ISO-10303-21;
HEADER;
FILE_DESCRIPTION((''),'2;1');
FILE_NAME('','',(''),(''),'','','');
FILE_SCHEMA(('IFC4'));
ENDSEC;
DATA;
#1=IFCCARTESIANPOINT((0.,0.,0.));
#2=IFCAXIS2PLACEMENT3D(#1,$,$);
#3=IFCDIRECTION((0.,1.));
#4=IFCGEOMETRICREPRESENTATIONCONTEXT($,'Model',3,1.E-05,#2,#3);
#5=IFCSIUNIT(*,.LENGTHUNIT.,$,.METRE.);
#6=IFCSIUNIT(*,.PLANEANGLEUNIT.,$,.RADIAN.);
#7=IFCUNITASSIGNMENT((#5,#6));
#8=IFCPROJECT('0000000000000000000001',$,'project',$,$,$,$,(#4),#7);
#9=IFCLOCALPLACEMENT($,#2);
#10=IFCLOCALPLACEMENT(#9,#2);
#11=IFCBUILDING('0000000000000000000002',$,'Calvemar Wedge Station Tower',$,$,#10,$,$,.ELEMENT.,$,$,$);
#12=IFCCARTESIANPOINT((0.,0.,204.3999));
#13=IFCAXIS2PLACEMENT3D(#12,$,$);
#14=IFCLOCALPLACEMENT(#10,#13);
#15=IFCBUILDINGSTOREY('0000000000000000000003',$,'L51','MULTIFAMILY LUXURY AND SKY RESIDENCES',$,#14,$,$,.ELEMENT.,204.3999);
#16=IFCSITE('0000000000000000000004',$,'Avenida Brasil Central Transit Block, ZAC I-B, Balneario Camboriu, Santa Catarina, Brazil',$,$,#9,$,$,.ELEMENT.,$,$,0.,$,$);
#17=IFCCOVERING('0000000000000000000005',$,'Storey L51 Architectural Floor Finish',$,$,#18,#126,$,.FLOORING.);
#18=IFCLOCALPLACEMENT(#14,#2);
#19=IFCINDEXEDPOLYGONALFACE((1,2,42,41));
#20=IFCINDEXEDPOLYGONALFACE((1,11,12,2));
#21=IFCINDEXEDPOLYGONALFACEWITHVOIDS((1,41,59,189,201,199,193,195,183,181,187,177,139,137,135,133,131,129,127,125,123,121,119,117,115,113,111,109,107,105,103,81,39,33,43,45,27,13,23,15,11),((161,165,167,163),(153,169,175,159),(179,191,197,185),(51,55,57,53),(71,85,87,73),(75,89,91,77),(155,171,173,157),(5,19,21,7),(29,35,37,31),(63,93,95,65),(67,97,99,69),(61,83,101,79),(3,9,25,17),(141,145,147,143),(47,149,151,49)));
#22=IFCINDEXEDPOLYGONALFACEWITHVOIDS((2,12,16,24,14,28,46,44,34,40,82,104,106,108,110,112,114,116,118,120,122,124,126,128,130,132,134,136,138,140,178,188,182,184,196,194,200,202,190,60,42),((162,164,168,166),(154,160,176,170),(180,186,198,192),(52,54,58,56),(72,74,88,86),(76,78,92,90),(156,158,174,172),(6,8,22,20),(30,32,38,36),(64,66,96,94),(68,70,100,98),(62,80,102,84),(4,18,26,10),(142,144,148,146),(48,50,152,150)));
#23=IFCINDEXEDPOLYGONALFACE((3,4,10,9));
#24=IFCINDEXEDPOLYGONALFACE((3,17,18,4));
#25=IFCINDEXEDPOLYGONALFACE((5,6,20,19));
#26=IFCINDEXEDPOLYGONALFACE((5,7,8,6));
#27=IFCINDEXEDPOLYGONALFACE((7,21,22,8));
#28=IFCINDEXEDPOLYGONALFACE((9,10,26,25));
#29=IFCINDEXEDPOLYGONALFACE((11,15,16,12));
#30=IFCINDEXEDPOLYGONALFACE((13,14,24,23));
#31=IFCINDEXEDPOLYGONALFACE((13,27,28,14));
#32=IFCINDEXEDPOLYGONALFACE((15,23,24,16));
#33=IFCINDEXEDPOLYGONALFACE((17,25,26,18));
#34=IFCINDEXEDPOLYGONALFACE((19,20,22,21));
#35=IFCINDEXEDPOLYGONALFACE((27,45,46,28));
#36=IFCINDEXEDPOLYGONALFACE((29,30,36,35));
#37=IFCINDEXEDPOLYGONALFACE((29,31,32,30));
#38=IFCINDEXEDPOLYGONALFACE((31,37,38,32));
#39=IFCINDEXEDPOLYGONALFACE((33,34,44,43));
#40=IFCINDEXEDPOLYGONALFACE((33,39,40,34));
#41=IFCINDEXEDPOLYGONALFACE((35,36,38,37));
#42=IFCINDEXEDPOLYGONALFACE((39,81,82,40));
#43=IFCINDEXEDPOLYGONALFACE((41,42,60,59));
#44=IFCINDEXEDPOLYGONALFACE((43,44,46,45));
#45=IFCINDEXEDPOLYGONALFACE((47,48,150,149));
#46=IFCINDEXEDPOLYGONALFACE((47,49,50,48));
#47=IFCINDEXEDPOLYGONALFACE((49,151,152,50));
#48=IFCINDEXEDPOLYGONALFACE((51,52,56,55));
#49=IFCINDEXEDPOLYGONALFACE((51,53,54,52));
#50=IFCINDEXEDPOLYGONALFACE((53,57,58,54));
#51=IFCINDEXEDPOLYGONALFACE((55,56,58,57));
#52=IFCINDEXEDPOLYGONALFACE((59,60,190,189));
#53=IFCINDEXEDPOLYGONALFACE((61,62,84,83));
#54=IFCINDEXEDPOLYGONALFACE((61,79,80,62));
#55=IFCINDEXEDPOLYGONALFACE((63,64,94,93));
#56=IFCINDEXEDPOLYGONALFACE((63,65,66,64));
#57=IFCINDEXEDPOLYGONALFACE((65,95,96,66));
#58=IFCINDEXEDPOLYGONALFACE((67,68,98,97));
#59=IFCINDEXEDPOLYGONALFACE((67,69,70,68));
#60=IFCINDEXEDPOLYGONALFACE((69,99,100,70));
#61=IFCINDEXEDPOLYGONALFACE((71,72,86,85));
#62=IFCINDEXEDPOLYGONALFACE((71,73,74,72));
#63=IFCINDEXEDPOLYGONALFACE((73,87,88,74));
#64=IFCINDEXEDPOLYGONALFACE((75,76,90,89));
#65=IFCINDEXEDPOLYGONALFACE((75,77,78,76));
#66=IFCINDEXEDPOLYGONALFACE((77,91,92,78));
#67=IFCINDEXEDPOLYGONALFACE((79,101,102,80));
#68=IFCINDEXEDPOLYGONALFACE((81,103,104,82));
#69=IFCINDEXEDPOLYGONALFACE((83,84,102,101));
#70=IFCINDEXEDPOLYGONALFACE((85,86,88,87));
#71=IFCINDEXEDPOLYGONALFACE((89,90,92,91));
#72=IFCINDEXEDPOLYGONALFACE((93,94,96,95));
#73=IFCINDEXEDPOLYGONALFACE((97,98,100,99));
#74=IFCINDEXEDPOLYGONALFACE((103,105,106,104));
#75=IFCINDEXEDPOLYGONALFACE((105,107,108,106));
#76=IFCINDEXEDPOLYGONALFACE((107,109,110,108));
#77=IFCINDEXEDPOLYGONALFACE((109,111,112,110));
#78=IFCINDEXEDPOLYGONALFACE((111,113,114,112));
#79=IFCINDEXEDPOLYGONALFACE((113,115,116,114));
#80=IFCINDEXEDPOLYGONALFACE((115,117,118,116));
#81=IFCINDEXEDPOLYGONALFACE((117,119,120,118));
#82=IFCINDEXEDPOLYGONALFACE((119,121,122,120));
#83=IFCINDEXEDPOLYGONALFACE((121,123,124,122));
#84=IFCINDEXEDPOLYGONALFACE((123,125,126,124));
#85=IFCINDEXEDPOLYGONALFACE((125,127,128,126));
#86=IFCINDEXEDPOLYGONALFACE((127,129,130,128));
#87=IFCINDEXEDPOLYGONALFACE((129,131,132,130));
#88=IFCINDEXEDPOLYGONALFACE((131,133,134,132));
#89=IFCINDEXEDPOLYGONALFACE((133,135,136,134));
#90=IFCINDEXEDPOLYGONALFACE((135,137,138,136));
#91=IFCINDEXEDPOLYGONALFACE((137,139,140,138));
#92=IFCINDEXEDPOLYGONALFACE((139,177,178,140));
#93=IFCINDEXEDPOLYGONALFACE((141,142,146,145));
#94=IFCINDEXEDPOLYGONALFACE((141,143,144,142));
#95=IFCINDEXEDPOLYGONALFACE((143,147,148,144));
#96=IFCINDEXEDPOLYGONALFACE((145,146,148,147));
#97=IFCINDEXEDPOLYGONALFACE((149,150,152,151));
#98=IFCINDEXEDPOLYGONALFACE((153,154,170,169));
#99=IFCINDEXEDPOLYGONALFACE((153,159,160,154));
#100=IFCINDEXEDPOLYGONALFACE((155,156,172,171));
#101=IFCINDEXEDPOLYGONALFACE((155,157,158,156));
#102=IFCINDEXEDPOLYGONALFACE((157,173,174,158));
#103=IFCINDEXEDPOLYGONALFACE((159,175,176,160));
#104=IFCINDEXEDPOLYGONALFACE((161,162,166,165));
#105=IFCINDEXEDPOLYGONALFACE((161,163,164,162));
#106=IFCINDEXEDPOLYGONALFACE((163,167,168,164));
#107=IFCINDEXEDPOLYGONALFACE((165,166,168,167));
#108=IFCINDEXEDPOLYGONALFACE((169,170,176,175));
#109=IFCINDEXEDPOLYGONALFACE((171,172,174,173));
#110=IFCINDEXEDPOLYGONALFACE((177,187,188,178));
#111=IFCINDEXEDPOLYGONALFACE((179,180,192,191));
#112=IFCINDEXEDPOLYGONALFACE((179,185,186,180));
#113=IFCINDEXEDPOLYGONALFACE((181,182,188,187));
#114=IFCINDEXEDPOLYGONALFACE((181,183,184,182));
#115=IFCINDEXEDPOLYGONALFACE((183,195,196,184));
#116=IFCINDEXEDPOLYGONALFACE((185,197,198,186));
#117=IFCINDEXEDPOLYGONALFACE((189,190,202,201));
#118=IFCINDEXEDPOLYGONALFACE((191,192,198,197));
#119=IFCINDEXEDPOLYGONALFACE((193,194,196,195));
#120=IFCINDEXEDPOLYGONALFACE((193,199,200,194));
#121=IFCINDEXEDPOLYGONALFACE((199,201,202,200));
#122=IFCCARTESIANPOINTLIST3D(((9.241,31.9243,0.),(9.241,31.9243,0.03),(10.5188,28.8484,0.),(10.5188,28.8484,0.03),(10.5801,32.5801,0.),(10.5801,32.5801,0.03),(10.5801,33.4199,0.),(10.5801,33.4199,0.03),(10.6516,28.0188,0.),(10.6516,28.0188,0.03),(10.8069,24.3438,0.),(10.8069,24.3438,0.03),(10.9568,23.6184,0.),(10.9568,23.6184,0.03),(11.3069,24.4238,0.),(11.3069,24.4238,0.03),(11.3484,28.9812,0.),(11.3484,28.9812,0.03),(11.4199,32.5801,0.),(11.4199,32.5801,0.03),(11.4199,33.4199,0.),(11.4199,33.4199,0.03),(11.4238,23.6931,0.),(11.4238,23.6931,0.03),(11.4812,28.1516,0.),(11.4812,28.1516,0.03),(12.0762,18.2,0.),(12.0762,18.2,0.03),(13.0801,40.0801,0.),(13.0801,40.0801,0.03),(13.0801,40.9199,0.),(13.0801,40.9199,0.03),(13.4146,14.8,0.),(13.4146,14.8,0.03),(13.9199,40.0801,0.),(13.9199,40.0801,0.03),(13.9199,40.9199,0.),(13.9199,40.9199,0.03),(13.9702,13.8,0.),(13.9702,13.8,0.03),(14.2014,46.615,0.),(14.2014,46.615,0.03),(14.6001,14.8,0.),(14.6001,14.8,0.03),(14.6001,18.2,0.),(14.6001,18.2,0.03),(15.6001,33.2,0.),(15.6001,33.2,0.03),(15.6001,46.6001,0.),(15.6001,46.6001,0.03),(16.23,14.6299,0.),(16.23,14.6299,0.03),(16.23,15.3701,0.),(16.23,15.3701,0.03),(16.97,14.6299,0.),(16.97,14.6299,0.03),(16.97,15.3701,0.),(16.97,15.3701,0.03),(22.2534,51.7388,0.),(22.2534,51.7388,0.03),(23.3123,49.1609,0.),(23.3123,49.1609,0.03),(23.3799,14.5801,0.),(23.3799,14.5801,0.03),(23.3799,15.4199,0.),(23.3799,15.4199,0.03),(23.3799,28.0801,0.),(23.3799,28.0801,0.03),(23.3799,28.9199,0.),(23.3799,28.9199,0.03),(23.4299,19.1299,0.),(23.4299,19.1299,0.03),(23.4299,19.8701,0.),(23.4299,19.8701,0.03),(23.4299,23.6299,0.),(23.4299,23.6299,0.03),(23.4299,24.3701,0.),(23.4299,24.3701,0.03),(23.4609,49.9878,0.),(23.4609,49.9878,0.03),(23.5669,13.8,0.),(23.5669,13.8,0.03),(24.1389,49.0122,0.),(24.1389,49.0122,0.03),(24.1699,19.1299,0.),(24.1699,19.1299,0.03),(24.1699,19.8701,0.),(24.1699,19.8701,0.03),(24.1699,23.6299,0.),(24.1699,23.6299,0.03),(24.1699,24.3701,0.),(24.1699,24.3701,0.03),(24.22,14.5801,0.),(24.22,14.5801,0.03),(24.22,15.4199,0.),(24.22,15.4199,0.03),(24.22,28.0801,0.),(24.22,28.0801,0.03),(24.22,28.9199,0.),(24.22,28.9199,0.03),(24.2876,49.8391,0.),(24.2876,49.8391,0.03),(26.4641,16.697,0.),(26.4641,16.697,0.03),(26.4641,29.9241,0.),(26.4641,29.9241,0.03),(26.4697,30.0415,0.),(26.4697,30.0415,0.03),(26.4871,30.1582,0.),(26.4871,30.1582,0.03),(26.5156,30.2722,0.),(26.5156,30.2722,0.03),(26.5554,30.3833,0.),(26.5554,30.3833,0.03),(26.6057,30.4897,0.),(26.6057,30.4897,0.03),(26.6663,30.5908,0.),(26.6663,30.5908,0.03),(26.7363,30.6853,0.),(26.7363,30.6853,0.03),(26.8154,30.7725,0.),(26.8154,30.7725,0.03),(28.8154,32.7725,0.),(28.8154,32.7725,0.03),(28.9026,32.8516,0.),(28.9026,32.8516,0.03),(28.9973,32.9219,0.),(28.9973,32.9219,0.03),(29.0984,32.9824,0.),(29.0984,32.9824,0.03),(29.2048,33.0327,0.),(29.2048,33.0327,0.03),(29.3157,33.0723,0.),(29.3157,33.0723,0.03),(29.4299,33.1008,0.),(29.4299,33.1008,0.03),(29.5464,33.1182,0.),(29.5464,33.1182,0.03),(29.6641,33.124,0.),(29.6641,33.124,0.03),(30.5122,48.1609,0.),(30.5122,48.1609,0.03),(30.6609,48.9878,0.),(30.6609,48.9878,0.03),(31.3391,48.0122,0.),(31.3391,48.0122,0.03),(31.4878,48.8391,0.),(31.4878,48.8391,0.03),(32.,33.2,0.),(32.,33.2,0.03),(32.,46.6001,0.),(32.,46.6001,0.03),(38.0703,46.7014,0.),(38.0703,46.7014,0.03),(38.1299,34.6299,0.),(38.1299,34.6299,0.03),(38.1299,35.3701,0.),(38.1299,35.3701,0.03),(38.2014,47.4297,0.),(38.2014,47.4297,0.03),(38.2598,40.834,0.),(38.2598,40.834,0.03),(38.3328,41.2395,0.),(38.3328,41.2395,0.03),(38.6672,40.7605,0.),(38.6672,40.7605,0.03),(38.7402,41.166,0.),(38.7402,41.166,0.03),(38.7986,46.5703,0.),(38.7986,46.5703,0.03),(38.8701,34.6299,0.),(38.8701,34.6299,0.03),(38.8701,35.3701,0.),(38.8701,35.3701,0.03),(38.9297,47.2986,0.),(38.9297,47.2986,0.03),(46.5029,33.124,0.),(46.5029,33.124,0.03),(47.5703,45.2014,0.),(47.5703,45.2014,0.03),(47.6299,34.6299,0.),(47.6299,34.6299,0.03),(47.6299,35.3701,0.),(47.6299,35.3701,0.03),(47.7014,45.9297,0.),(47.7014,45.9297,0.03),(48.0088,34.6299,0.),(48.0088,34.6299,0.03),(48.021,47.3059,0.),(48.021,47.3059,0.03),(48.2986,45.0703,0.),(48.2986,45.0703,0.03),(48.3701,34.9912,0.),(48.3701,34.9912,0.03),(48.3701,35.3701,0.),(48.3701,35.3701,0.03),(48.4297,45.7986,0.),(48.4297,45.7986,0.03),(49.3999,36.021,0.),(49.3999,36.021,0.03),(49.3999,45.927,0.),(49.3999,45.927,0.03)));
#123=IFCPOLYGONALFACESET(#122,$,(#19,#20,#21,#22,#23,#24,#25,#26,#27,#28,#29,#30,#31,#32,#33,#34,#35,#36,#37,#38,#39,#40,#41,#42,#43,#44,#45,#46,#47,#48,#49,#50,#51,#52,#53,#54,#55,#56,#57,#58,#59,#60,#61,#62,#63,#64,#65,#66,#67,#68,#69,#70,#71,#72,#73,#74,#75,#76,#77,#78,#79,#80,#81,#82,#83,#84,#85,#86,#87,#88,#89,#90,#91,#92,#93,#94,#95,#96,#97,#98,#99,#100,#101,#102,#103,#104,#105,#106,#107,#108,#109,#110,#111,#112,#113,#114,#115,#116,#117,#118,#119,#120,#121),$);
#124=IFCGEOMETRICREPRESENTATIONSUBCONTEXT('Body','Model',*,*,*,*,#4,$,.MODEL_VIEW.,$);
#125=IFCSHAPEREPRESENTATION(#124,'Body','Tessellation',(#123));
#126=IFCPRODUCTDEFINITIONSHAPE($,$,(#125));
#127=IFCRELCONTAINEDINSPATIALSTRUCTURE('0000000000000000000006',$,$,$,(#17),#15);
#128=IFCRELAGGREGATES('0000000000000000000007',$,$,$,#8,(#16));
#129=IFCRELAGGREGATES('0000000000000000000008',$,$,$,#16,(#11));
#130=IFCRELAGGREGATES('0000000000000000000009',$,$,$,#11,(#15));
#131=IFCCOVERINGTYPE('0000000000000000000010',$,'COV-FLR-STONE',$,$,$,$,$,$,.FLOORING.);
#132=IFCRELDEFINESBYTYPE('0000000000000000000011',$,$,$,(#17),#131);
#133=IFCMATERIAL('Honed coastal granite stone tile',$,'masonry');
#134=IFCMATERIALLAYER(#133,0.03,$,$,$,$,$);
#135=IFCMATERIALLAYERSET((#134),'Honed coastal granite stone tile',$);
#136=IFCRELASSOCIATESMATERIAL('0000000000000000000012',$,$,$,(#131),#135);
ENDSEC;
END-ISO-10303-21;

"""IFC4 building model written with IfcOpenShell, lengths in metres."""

from ifc_helpers import new_model, si_unit, direction, frame, origin, place, context, subcontext, project, spatial, polyline, outline, extrude, material, layer, layer_set, type_object, element, save


model = new_model("IFC4")

# Units and contexts
model_context = context("Model", 3, precision=1e-05, world=origin(), true_north=direction((0.0, 1.0)))
body_context = subcontext(model_context, "Body", "Model", "MODEL_VIEW")
ifc_project = project(units=[si_unit("LENGTHUNIT", "METRE"), si_unit("PLANEANGLEUNIT", "RADIAN")], contexts=[model_context])

# Site, building, storey
site_placement = place(None, origin())
site = spatial("IfcSite", under=ifc_project, at=site_placement, Name="Avenida Brasil Central Transit Block, ZAC I-B, Balneario Camboriu, Santa Catarina, Brazil", CompositionType="ELEMENT", RefElevation=0.0)
building_placement = place(site_placement, origin())
building = spatial("IfcBuilding", under=site, at=building_placement, Name="Calvemar Wedge Station Tower", CompositionType="ELEMENT")
storey_placement = place(building_placement, frame((0.0, 0.0, 204.3999)))
storey = spatial("IfcBuildingStorey", under=building, at=storey_placement, Name="L51", Description="MULTIFAMILY LUXURY AND SKY RESIDENCES", CompositionType="ELEMENT", Elevation=204.3999)

# Covering
ifc_material_1 = material(Name="Honed coastal granite stone tile", Category="masonry")
ifc_layer_1 = layer(ifc_material_1, 0.03)
ifc_layer_set_1 = layer_set([ifc_layer_1], Name="Honed coastal granite stone tile")
covering_type_1 = type_object("IfcCoveringType", Name="COV-FLR-STONE", PredefinedType="FLOORING", material=ifc_layer_set_1)
covering_1_placement = place(storey_placement, origin())
element("IfcCovering", 1, at=covering_1_placement, inside=storey, type_object=covering_type_1, Name="Storey L51 Architectural Floor Finish", PredefinedType="FLOORING", context=body_context, shape_type="SweptSolid", body=[
    extrude(outline(polyline([(26.8154, 30.7725), (28.8154, 32.7725), (28.9026, 32.8516), (28.9973, 32.9219), (29.0984, 32.9824), (29.2048, 33.0327), (29.3157, 33.0723), (29.4299, 33.1008), (29.5464, 33.1182), (29.6641, 33.124), (46.5029, 33.124), (48.0088, 34.6299), (47.6299, 34.6299), (47.6299, 35.3701), (48.3701, 35.3701), (48.3701, 34.9912), (49.3999, 36.021), (49.3999, 45.927), (48.021, 47.3059), (22.2534, 51.7388), (14.2014, 46.615), (9.241, 31.9243), (10.8069, 24.3438), (11.3069, 24.4238), (11.4238, 23.6931), (10.9568, 23.6184), (12.0762, 18.2), (14.6001, 18.2), (14.6001, 14.8), (13.4146, 14.8), (13.9702, 13.8), (23.5669, 13.8), (26.4641, 16.697), (26.4641, 29.9241), (26.4697, 30.0415), (26.4871, 30.1582), (26.5156, 30.2722), (26.5554, 30.3833), (26.6057, 30.4897), (26.6663, 30.5908), (26.7363, 30.6853), (26.8154, 30.7725)]), holes=[polyline([(15.6001, 46.6001), (32.0, 46.6001), (32.0, 33.2), (15.6001, 33.2), (15.6001, 46.6001)]), polyline([(10.5801, 32.5801), (10.5801, 33.4199), (11.4199, 33.4199), (11.4199, 32.5801), (10.5801, 32.5801)]), polyline([(13.0801, 40.9199), (13.9199, 40.9199), (13.9199, 40.0801), (13.0801, 40.0801), (13.0801, 40.9199)]), polyline([(24.2876, 49.8391), (24.1389, 49.0122), (23.3123, 49.1609), (23.4609, 49.9878), (24.2876, 49.8391)]), polyline([(31.3391, 48.0122), (30.5122, 48.1609), (30.6609, 48.9878), (31.4878, 48.8391), (31.3391, 48.0122)]), polyline([(38.0703, 46.7014), (38.2014, 47.4297), (38.9297, 47.2986), (38.7986, 46.5703), (38.0703, 46.7014)]), polyline([(47.7014, 45.9297), (48.4297, 45.7986), (48.2986, 45.0703), (47.5703, 45.2014), (47.7014, 45.9297)]), polyline([(38.8701, 35.3701), (38.8701, 34.6299), (38.1299, 34.6299), (38.1299, 35.3701), (38.8701, 35.3701)]), polyline([(38.2598, 40.834), (38.3328, 41.2395), (38.7402, 41.166), (38.6672, 40.7605), (38.2598, 40.834)]), polyline([(11.3484, 28.9812), (11.4812, 28.1516), (10.6516, 28.0188), (10.5188, 28.8484), (11.3484, 28.9812)]), polyline([(24.22, 28.0801), (23.3799, 28.0801), (23.3799, 28.9199), (24.22, 28.9199), (24.22, 28.0801)]), polyline([(23.4299, 23.6299), (23.4299, 24.3701), (24.1699, 24.3701), (24.1699, 23.6299), (23.4299, 23.6299)]), polyline([(23.4299, 19.8701), (24.1699, 19.8701), (24.1699, 19.1299), (23.4299, 19.1299), (23.4299, 19.8701)]), polyline([(24.22, 15.4199), (24.22, 14.5801), (23.3799, 14.5801), (23.3799, 15.4199), (24.22, 15.4199)]), polyline([(16.97, 14.6299), (16.23, 14.6299), (16.23, 15.3701), (16.97, 15.3701), (16.97, 14.6299)])]), origin(), (0.0, 0.0, 1.0), 0.03),
])

save(model, "model.ifc")
